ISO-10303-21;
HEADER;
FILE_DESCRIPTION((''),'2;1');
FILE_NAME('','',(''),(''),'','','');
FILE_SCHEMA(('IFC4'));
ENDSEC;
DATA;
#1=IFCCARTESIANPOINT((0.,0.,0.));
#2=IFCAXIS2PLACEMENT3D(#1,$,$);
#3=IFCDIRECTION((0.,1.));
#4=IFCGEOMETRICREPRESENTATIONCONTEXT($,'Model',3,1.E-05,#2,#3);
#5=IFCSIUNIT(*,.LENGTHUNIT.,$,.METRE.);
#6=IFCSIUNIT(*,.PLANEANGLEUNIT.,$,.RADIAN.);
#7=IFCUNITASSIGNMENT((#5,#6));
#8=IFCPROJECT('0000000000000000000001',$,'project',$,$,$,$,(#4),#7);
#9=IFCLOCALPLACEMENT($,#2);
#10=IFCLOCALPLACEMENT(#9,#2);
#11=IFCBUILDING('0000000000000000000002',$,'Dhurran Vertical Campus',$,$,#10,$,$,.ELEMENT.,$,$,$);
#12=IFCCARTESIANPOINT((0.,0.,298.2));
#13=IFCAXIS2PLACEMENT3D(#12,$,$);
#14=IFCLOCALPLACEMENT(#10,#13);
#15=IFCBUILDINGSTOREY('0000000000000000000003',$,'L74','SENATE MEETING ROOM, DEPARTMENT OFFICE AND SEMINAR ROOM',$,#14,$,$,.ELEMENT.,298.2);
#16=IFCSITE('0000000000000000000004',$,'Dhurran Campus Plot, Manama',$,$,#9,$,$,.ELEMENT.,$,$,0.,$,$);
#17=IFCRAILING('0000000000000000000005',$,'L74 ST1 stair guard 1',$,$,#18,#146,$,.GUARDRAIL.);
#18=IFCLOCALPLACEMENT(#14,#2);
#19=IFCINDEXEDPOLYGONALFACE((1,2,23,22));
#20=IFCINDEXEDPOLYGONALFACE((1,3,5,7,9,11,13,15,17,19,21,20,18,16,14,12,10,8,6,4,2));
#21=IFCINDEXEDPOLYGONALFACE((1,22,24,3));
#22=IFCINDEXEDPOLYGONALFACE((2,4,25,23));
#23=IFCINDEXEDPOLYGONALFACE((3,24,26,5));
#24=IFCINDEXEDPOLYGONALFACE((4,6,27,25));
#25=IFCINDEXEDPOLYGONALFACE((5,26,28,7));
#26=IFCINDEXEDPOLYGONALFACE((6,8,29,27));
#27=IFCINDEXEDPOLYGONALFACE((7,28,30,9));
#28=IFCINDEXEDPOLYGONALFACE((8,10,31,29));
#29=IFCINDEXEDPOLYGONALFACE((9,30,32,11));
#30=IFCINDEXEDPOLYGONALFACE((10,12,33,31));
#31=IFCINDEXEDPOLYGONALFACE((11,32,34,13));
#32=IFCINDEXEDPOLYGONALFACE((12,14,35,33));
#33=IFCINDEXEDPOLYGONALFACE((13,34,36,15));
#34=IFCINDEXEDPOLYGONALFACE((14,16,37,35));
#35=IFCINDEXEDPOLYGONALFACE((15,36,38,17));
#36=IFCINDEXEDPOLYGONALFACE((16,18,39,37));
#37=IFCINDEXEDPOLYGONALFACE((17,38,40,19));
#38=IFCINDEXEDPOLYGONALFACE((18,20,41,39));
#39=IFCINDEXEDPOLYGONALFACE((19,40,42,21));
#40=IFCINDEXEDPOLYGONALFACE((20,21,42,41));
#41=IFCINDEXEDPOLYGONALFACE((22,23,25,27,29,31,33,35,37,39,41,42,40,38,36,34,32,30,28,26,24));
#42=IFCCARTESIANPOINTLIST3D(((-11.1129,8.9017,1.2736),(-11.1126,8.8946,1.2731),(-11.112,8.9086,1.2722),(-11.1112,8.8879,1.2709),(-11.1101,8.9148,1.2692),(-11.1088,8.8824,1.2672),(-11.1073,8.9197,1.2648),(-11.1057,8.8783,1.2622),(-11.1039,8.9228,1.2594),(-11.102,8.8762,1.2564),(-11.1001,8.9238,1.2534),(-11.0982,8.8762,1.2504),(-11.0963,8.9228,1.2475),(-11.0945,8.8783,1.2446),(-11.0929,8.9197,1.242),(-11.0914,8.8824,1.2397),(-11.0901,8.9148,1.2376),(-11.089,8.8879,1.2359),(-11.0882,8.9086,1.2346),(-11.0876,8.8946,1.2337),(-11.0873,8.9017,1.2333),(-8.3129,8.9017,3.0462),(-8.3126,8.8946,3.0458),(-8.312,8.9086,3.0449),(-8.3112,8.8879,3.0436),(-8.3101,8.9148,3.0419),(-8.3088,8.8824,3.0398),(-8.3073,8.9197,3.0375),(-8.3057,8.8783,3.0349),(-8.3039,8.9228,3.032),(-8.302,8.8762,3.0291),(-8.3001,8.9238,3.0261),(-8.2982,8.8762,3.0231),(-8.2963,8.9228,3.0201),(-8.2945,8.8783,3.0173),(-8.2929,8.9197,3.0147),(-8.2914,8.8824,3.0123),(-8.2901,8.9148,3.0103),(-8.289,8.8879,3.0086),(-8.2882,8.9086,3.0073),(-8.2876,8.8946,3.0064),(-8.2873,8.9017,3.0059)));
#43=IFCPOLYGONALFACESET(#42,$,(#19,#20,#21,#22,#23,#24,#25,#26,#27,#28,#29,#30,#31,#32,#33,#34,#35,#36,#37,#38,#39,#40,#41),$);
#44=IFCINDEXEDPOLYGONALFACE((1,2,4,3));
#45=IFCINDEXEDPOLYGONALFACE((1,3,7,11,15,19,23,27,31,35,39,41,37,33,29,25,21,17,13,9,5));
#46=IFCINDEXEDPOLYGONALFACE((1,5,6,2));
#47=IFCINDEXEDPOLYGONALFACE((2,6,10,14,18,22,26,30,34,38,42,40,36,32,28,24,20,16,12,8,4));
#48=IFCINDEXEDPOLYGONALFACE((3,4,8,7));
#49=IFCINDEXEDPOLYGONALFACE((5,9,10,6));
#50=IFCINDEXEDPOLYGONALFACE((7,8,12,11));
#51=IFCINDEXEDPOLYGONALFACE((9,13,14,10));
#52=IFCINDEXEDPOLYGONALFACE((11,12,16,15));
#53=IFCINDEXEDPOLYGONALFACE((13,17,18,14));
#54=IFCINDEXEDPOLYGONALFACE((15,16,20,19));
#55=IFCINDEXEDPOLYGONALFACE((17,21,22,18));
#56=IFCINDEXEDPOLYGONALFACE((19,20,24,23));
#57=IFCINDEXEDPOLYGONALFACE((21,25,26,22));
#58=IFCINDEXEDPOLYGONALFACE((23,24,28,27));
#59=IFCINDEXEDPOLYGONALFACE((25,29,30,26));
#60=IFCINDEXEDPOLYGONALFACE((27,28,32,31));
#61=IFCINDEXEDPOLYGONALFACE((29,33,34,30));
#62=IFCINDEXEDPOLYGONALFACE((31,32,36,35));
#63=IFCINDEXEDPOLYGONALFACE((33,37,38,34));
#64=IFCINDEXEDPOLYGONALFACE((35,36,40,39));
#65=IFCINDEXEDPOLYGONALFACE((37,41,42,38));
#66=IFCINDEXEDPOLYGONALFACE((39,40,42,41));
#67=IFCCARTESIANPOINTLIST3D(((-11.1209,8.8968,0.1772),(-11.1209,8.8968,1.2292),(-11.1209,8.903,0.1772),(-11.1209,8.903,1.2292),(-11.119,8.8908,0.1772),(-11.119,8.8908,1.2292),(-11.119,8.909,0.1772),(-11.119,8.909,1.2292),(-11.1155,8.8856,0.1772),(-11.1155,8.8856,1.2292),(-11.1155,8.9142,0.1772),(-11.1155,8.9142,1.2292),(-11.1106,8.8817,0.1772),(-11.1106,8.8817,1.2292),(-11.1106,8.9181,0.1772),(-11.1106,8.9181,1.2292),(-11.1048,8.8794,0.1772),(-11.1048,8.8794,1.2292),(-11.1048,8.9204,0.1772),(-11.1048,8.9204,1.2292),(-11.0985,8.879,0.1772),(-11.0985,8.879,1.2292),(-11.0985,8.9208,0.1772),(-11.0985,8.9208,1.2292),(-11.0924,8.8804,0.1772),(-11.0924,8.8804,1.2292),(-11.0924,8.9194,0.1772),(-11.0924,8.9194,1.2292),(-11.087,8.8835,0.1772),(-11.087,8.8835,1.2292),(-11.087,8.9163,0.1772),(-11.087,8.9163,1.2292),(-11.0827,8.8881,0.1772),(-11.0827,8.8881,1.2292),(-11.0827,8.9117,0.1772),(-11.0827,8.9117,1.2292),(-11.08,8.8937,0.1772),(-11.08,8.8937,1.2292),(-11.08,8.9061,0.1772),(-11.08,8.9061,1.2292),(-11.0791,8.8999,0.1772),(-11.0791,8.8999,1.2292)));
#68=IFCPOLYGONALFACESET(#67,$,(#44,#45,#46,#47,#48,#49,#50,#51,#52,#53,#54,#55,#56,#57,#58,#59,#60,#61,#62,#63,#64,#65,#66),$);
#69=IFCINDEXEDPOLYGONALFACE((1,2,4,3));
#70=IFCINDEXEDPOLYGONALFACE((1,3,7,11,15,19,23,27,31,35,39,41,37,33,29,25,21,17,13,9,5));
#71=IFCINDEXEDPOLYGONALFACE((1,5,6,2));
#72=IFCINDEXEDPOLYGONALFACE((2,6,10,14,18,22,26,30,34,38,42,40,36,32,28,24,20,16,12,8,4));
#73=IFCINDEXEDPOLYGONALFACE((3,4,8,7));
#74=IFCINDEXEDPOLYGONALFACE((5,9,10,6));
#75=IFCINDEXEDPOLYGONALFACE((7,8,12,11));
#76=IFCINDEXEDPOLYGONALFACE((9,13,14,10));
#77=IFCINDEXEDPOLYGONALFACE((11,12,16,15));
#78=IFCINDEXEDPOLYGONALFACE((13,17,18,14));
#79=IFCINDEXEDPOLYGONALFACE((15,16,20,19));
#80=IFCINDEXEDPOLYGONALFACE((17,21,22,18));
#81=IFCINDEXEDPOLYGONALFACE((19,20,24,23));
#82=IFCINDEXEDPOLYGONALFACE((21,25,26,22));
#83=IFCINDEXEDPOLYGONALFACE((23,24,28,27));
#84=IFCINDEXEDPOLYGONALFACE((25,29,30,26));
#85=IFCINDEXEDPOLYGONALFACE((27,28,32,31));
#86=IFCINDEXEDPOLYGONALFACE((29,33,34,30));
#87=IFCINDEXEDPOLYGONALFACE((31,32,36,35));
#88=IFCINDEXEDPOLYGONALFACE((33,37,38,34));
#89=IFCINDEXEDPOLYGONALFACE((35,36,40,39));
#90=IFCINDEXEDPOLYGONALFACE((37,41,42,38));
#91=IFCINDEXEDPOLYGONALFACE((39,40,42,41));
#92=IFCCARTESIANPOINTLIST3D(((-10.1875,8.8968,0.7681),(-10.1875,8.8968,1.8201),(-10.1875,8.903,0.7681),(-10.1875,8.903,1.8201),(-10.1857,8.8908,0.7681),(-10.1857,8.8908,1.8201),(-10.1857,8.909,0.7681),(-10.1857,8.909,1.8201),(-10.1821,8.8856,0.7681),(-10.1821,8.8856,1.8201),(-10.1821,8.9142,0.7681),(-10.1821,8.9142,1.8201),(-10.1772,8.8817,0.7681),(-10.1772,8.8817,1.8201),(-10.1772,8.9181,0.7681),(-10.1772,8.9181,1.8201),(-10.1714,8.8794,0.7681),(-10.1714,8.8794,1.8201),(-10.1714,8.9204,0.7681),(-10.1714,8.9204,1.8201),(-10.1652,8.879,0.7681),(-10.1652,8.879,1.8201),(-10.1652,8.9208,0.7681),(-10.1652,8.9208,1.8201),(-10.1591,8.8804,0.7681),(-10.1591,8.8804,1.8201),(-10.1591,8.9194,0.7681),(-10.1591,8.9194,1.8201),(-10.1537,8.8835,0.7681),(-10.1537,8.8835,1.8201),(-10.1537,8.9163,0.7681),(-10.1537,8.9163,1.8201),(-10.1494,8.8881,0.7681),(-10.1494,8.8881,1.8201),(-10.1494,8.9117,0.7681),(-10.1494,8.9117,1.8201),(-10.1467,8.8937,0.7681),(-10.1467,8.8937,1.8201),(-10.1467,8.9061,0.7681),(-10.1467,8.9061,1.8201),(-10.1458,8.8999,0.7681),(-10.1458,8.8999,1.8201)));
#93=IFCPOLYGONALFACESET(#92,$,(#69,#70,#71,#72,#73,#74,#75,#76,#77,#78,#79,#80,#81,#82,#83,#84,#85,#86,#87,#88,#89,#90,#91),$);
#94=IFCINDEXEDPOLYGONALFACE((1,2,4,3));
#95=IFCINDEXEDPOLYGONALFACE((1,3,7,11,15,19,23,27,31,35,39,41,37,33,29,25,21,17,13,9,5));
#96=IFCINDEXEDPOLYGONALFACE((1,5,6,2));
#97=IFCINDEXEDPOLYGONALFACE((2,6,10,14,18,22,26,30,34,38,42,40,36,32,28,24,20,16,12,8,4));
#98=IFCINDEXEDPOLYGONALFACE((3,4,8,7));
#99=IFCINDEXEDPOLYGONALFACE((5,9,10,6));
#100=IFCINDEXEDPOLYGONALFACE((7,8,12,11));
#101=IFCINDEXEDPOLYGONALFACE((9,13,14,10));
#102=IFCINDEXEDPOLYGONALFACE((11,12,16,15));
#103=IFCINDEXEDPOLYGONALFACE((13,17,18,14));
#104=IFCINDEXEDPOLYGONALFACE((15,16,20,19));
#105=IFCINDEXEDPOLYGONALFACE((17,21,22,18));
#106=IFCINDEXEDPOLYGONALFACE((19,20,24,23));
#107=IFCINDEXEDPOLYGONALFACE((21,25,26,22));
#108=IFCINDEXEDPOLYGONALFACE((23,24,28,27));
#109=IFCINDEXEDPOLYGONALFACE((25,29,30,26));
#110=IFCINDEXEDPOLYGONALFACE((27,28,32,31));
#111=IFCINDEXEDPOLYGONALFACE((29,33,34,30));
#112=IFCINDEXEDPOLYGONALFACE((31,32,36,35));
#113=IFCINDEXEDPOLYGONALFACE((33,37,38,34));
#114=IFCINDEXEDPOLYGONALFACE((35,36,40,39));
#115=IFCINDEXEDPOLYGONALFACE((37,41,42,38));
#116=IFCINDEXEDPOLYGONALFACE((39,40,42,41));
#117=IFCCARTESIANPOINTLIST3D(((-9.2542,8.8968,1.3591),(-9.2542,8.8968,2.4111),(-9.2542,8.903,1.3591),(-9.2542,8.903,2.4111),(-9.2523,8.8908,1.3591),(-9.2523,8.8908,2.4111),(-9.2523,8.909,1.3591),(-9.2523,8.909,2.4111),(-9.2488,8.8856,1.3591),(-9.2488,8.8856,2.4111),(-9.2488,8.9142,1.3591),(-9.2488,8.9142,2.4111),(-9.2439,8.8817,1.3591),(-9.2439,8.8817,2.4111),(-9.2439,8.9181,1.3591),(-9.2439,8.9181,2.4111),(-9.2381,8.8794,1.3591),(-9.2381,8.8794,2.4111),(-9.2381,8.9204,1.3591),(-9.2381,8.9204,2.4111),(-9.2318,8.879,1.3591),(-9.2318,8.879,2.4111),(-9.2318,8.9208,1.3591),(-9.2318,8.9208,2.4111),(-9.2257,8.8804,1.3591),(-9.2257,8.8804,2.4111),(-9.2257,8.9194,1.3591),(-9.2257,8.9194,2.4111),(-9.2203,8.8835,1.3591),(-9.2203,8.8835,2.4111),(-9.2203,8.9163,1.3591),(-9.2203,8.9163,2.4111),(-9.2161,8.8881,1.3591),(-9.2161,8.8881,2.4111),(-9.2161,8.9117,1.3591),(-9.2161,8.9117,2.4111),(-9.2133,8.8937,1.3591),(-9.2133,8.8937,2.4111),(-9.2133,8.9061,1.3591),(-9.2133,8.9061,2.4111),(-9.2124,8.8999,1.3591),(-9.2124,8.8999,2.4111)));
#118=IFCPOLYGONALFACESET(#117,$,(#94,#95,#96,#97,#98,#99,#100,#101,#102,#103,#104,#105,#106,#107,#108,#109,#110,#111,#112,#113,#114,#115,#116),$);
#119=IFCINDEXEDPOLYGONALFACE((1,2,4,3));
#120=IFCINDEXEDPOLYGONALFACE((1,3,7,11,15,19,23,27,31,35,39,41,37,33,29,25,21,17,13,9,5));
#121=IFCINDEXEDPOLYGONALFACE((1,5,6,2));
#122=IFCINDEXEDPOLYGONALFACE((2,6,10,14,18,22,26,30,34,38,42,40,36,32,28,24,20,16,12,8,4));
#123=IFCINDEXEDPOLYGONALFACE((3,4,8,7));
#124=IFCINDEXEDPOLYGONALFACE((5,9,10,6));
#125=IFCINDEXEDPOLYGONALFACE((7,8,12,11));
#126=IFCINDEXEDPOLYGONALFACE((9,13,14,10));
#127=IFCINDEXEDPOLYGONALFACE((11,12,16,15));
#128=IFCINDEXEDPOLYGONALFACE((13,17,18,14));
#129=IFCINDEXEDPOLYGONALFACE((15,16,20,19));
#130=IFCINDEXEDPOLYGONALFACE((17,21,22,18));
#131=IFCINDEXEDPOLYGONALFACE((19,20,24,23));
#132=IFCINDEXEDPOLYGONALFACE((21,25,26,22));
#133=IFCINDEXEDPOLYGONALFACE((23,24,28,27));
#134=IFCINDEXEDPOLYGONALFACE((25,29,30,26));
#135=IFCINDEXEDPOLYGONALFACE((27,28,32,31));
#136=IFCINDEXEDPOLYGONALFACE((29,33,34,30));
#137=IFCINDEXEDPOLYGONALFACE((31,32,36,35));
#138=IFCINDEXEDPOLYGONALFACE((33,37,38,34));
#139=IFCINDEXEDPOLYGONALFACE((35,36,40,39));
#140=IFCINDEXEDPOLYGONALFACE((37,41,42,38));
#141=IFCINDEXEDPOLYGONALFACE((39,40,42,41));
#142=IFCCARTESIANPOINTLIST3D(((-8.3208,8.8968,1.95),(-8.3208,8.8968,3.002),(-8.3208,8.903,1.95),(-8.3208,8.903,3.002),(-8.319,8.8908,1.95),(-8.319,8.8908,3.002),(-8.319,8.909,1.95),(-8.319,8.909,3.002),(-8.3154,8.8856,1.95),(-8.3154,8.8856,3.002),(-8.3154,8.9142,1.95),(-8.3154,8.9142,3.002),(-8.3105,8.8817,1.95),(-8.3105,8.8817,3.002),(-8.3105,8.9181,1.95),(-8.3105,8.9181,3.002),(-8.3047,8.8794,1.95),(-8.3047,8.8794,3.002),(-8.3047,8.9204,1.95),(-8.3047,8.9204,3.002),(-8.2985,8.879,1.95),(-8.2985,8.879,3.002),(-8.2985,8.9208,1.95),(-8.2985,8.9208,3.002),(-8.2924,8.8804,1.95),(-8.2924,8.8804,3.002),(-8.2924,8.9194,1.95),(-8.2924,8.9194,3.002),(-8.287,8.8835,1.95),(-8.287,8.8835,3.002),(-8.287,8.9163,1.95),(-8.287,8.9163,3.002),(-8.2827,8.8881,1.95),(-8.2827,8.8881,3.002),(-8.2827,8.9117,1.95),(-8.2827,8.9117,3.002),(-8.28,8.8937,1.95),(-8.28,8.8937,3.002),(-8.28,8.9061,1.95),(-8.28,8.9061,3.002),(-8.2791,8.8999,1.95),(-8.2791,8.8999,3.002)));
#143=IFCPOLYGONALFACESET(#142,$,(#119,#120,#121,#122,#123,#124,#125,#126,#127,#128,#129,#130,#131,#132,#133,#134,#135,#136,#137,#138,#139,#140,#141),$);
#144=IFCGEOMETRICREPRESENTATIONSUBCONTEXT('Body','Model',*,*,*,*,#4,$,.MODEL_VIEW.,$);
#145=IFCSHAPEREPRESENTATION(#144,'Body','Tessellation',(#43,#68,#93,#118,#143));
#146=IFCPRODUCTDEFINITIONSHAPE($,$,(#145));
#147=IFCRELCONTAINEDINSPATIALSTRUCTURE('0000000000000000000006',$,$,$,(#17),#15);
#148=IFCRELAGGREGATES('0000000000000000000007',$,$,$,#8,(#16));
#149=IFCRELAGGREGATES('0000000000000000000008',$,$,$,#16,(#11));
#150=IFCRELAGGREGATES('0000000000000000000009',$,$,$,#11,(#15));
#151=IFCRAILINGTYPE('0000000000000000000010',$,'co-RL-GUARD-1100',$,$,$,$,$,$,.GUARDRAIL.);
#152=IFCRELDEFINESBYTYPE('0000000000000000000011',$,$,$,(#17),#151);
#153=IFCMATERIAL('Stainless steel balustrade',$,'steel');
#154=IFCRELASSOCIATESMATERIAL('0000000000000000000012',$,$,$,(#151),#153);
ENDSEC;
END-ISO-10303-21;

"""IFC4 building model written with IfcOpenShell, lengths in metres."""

from ifc_helpers import new_model, si_unit, direction, frame, origin, origin_2d, place, context, subcontext, project, spatial, circle, extrude, material, type_object, element, save


model = new_model("IFC4")

# Units and contexts
model_context = context("Model", 3, precision=1e-05, world=origin(), true_north=direction((0.0, 1.0)))
body_context = subcontext(model_context, "Body", "Model", "MODEL_VIEW")
ifc_project = project(units=[si_unit("LENGTHUNIT", "METRE"), si_unit("PLANEANGLEUNIT", "RADIAN")], contexts=[model_context])

# Site, building, storey
site_placement = place(None, origin())
site = spatial("IfcSite", under=ifc_project, at=site_placement, Name="Dhurran Campus Plot, Manama", CompositionType="ELEMENT", RefElevation=0.0)
building_placement = place(site_placement, origin())
building = spatial("IfcBuilding", under=site, at=building_placement, Name="Dhurran Vertical Campus", CompositionType="ELEMENT")
storey_placement = place(building_placement, frame((0.0, 0.0, 298.2)))
storey = spatial("IfcBuildingStorey", under=building, at=storey_placement, Name="L74", Description="SENATE MEETING ROOM, DEPARTMENT OFFICE AND SEMINAR ROOM", CompositionType="ELEMENT", Elevation=298.2)

# Railing
ifc_material_1 = material(Name="Stainless steel balustrade", Category="steel")
railing_type_1 = type_object("IfcRailingType", Name="co-RL-GUARD-1100", PredefinedType="GUARDRAIL", material=ifc_material_1)
railing_1_placement = place(storey_placement, frame((-11.1001, 8.8999, 0.1772)))
element("IfcRailing", 1, at=railing_1_placement, inside=storey, type_object=railing_type_1, Name="L74 ST1 stair guard 1", PredefinedType="GUARDRAIL", context=body_context, shape_type="SweptSolid", body=[
    extrude(circle(Radius=0.0239, at=origin_2d()), frame((0.0, 0.0, 1.0762), z_axis=(0.844909, 0.0, 0.53491), x_axis=(0.0, 1.0, 0.0)), (0.0, 0.0, 1.0), 3.314),
    extrude(circle(Radius=0.021, at=origin_2d()), origin(), (0.0, 0.0, 1.0), 1.052),
    extrude(circle(Radius=0.021, at=origin_2d()), frame((0.9333, 0.0, 0.5908)), (0.0, 0.0, 1.0), 1.052),
    extrude(circle(Radius=0.021, at=origin_2d()), frame((1.8667, 0.0, 1.1819)), (0.0, 0.0, 1.0), 1.052),
    extrude(circle(Radius=0.021, at=origin_2d()), frame((2.8, 0.0, 1.7727)), (0.0, 0.0, 1.0), 1.052),
])

save(model, "model.ifc")
